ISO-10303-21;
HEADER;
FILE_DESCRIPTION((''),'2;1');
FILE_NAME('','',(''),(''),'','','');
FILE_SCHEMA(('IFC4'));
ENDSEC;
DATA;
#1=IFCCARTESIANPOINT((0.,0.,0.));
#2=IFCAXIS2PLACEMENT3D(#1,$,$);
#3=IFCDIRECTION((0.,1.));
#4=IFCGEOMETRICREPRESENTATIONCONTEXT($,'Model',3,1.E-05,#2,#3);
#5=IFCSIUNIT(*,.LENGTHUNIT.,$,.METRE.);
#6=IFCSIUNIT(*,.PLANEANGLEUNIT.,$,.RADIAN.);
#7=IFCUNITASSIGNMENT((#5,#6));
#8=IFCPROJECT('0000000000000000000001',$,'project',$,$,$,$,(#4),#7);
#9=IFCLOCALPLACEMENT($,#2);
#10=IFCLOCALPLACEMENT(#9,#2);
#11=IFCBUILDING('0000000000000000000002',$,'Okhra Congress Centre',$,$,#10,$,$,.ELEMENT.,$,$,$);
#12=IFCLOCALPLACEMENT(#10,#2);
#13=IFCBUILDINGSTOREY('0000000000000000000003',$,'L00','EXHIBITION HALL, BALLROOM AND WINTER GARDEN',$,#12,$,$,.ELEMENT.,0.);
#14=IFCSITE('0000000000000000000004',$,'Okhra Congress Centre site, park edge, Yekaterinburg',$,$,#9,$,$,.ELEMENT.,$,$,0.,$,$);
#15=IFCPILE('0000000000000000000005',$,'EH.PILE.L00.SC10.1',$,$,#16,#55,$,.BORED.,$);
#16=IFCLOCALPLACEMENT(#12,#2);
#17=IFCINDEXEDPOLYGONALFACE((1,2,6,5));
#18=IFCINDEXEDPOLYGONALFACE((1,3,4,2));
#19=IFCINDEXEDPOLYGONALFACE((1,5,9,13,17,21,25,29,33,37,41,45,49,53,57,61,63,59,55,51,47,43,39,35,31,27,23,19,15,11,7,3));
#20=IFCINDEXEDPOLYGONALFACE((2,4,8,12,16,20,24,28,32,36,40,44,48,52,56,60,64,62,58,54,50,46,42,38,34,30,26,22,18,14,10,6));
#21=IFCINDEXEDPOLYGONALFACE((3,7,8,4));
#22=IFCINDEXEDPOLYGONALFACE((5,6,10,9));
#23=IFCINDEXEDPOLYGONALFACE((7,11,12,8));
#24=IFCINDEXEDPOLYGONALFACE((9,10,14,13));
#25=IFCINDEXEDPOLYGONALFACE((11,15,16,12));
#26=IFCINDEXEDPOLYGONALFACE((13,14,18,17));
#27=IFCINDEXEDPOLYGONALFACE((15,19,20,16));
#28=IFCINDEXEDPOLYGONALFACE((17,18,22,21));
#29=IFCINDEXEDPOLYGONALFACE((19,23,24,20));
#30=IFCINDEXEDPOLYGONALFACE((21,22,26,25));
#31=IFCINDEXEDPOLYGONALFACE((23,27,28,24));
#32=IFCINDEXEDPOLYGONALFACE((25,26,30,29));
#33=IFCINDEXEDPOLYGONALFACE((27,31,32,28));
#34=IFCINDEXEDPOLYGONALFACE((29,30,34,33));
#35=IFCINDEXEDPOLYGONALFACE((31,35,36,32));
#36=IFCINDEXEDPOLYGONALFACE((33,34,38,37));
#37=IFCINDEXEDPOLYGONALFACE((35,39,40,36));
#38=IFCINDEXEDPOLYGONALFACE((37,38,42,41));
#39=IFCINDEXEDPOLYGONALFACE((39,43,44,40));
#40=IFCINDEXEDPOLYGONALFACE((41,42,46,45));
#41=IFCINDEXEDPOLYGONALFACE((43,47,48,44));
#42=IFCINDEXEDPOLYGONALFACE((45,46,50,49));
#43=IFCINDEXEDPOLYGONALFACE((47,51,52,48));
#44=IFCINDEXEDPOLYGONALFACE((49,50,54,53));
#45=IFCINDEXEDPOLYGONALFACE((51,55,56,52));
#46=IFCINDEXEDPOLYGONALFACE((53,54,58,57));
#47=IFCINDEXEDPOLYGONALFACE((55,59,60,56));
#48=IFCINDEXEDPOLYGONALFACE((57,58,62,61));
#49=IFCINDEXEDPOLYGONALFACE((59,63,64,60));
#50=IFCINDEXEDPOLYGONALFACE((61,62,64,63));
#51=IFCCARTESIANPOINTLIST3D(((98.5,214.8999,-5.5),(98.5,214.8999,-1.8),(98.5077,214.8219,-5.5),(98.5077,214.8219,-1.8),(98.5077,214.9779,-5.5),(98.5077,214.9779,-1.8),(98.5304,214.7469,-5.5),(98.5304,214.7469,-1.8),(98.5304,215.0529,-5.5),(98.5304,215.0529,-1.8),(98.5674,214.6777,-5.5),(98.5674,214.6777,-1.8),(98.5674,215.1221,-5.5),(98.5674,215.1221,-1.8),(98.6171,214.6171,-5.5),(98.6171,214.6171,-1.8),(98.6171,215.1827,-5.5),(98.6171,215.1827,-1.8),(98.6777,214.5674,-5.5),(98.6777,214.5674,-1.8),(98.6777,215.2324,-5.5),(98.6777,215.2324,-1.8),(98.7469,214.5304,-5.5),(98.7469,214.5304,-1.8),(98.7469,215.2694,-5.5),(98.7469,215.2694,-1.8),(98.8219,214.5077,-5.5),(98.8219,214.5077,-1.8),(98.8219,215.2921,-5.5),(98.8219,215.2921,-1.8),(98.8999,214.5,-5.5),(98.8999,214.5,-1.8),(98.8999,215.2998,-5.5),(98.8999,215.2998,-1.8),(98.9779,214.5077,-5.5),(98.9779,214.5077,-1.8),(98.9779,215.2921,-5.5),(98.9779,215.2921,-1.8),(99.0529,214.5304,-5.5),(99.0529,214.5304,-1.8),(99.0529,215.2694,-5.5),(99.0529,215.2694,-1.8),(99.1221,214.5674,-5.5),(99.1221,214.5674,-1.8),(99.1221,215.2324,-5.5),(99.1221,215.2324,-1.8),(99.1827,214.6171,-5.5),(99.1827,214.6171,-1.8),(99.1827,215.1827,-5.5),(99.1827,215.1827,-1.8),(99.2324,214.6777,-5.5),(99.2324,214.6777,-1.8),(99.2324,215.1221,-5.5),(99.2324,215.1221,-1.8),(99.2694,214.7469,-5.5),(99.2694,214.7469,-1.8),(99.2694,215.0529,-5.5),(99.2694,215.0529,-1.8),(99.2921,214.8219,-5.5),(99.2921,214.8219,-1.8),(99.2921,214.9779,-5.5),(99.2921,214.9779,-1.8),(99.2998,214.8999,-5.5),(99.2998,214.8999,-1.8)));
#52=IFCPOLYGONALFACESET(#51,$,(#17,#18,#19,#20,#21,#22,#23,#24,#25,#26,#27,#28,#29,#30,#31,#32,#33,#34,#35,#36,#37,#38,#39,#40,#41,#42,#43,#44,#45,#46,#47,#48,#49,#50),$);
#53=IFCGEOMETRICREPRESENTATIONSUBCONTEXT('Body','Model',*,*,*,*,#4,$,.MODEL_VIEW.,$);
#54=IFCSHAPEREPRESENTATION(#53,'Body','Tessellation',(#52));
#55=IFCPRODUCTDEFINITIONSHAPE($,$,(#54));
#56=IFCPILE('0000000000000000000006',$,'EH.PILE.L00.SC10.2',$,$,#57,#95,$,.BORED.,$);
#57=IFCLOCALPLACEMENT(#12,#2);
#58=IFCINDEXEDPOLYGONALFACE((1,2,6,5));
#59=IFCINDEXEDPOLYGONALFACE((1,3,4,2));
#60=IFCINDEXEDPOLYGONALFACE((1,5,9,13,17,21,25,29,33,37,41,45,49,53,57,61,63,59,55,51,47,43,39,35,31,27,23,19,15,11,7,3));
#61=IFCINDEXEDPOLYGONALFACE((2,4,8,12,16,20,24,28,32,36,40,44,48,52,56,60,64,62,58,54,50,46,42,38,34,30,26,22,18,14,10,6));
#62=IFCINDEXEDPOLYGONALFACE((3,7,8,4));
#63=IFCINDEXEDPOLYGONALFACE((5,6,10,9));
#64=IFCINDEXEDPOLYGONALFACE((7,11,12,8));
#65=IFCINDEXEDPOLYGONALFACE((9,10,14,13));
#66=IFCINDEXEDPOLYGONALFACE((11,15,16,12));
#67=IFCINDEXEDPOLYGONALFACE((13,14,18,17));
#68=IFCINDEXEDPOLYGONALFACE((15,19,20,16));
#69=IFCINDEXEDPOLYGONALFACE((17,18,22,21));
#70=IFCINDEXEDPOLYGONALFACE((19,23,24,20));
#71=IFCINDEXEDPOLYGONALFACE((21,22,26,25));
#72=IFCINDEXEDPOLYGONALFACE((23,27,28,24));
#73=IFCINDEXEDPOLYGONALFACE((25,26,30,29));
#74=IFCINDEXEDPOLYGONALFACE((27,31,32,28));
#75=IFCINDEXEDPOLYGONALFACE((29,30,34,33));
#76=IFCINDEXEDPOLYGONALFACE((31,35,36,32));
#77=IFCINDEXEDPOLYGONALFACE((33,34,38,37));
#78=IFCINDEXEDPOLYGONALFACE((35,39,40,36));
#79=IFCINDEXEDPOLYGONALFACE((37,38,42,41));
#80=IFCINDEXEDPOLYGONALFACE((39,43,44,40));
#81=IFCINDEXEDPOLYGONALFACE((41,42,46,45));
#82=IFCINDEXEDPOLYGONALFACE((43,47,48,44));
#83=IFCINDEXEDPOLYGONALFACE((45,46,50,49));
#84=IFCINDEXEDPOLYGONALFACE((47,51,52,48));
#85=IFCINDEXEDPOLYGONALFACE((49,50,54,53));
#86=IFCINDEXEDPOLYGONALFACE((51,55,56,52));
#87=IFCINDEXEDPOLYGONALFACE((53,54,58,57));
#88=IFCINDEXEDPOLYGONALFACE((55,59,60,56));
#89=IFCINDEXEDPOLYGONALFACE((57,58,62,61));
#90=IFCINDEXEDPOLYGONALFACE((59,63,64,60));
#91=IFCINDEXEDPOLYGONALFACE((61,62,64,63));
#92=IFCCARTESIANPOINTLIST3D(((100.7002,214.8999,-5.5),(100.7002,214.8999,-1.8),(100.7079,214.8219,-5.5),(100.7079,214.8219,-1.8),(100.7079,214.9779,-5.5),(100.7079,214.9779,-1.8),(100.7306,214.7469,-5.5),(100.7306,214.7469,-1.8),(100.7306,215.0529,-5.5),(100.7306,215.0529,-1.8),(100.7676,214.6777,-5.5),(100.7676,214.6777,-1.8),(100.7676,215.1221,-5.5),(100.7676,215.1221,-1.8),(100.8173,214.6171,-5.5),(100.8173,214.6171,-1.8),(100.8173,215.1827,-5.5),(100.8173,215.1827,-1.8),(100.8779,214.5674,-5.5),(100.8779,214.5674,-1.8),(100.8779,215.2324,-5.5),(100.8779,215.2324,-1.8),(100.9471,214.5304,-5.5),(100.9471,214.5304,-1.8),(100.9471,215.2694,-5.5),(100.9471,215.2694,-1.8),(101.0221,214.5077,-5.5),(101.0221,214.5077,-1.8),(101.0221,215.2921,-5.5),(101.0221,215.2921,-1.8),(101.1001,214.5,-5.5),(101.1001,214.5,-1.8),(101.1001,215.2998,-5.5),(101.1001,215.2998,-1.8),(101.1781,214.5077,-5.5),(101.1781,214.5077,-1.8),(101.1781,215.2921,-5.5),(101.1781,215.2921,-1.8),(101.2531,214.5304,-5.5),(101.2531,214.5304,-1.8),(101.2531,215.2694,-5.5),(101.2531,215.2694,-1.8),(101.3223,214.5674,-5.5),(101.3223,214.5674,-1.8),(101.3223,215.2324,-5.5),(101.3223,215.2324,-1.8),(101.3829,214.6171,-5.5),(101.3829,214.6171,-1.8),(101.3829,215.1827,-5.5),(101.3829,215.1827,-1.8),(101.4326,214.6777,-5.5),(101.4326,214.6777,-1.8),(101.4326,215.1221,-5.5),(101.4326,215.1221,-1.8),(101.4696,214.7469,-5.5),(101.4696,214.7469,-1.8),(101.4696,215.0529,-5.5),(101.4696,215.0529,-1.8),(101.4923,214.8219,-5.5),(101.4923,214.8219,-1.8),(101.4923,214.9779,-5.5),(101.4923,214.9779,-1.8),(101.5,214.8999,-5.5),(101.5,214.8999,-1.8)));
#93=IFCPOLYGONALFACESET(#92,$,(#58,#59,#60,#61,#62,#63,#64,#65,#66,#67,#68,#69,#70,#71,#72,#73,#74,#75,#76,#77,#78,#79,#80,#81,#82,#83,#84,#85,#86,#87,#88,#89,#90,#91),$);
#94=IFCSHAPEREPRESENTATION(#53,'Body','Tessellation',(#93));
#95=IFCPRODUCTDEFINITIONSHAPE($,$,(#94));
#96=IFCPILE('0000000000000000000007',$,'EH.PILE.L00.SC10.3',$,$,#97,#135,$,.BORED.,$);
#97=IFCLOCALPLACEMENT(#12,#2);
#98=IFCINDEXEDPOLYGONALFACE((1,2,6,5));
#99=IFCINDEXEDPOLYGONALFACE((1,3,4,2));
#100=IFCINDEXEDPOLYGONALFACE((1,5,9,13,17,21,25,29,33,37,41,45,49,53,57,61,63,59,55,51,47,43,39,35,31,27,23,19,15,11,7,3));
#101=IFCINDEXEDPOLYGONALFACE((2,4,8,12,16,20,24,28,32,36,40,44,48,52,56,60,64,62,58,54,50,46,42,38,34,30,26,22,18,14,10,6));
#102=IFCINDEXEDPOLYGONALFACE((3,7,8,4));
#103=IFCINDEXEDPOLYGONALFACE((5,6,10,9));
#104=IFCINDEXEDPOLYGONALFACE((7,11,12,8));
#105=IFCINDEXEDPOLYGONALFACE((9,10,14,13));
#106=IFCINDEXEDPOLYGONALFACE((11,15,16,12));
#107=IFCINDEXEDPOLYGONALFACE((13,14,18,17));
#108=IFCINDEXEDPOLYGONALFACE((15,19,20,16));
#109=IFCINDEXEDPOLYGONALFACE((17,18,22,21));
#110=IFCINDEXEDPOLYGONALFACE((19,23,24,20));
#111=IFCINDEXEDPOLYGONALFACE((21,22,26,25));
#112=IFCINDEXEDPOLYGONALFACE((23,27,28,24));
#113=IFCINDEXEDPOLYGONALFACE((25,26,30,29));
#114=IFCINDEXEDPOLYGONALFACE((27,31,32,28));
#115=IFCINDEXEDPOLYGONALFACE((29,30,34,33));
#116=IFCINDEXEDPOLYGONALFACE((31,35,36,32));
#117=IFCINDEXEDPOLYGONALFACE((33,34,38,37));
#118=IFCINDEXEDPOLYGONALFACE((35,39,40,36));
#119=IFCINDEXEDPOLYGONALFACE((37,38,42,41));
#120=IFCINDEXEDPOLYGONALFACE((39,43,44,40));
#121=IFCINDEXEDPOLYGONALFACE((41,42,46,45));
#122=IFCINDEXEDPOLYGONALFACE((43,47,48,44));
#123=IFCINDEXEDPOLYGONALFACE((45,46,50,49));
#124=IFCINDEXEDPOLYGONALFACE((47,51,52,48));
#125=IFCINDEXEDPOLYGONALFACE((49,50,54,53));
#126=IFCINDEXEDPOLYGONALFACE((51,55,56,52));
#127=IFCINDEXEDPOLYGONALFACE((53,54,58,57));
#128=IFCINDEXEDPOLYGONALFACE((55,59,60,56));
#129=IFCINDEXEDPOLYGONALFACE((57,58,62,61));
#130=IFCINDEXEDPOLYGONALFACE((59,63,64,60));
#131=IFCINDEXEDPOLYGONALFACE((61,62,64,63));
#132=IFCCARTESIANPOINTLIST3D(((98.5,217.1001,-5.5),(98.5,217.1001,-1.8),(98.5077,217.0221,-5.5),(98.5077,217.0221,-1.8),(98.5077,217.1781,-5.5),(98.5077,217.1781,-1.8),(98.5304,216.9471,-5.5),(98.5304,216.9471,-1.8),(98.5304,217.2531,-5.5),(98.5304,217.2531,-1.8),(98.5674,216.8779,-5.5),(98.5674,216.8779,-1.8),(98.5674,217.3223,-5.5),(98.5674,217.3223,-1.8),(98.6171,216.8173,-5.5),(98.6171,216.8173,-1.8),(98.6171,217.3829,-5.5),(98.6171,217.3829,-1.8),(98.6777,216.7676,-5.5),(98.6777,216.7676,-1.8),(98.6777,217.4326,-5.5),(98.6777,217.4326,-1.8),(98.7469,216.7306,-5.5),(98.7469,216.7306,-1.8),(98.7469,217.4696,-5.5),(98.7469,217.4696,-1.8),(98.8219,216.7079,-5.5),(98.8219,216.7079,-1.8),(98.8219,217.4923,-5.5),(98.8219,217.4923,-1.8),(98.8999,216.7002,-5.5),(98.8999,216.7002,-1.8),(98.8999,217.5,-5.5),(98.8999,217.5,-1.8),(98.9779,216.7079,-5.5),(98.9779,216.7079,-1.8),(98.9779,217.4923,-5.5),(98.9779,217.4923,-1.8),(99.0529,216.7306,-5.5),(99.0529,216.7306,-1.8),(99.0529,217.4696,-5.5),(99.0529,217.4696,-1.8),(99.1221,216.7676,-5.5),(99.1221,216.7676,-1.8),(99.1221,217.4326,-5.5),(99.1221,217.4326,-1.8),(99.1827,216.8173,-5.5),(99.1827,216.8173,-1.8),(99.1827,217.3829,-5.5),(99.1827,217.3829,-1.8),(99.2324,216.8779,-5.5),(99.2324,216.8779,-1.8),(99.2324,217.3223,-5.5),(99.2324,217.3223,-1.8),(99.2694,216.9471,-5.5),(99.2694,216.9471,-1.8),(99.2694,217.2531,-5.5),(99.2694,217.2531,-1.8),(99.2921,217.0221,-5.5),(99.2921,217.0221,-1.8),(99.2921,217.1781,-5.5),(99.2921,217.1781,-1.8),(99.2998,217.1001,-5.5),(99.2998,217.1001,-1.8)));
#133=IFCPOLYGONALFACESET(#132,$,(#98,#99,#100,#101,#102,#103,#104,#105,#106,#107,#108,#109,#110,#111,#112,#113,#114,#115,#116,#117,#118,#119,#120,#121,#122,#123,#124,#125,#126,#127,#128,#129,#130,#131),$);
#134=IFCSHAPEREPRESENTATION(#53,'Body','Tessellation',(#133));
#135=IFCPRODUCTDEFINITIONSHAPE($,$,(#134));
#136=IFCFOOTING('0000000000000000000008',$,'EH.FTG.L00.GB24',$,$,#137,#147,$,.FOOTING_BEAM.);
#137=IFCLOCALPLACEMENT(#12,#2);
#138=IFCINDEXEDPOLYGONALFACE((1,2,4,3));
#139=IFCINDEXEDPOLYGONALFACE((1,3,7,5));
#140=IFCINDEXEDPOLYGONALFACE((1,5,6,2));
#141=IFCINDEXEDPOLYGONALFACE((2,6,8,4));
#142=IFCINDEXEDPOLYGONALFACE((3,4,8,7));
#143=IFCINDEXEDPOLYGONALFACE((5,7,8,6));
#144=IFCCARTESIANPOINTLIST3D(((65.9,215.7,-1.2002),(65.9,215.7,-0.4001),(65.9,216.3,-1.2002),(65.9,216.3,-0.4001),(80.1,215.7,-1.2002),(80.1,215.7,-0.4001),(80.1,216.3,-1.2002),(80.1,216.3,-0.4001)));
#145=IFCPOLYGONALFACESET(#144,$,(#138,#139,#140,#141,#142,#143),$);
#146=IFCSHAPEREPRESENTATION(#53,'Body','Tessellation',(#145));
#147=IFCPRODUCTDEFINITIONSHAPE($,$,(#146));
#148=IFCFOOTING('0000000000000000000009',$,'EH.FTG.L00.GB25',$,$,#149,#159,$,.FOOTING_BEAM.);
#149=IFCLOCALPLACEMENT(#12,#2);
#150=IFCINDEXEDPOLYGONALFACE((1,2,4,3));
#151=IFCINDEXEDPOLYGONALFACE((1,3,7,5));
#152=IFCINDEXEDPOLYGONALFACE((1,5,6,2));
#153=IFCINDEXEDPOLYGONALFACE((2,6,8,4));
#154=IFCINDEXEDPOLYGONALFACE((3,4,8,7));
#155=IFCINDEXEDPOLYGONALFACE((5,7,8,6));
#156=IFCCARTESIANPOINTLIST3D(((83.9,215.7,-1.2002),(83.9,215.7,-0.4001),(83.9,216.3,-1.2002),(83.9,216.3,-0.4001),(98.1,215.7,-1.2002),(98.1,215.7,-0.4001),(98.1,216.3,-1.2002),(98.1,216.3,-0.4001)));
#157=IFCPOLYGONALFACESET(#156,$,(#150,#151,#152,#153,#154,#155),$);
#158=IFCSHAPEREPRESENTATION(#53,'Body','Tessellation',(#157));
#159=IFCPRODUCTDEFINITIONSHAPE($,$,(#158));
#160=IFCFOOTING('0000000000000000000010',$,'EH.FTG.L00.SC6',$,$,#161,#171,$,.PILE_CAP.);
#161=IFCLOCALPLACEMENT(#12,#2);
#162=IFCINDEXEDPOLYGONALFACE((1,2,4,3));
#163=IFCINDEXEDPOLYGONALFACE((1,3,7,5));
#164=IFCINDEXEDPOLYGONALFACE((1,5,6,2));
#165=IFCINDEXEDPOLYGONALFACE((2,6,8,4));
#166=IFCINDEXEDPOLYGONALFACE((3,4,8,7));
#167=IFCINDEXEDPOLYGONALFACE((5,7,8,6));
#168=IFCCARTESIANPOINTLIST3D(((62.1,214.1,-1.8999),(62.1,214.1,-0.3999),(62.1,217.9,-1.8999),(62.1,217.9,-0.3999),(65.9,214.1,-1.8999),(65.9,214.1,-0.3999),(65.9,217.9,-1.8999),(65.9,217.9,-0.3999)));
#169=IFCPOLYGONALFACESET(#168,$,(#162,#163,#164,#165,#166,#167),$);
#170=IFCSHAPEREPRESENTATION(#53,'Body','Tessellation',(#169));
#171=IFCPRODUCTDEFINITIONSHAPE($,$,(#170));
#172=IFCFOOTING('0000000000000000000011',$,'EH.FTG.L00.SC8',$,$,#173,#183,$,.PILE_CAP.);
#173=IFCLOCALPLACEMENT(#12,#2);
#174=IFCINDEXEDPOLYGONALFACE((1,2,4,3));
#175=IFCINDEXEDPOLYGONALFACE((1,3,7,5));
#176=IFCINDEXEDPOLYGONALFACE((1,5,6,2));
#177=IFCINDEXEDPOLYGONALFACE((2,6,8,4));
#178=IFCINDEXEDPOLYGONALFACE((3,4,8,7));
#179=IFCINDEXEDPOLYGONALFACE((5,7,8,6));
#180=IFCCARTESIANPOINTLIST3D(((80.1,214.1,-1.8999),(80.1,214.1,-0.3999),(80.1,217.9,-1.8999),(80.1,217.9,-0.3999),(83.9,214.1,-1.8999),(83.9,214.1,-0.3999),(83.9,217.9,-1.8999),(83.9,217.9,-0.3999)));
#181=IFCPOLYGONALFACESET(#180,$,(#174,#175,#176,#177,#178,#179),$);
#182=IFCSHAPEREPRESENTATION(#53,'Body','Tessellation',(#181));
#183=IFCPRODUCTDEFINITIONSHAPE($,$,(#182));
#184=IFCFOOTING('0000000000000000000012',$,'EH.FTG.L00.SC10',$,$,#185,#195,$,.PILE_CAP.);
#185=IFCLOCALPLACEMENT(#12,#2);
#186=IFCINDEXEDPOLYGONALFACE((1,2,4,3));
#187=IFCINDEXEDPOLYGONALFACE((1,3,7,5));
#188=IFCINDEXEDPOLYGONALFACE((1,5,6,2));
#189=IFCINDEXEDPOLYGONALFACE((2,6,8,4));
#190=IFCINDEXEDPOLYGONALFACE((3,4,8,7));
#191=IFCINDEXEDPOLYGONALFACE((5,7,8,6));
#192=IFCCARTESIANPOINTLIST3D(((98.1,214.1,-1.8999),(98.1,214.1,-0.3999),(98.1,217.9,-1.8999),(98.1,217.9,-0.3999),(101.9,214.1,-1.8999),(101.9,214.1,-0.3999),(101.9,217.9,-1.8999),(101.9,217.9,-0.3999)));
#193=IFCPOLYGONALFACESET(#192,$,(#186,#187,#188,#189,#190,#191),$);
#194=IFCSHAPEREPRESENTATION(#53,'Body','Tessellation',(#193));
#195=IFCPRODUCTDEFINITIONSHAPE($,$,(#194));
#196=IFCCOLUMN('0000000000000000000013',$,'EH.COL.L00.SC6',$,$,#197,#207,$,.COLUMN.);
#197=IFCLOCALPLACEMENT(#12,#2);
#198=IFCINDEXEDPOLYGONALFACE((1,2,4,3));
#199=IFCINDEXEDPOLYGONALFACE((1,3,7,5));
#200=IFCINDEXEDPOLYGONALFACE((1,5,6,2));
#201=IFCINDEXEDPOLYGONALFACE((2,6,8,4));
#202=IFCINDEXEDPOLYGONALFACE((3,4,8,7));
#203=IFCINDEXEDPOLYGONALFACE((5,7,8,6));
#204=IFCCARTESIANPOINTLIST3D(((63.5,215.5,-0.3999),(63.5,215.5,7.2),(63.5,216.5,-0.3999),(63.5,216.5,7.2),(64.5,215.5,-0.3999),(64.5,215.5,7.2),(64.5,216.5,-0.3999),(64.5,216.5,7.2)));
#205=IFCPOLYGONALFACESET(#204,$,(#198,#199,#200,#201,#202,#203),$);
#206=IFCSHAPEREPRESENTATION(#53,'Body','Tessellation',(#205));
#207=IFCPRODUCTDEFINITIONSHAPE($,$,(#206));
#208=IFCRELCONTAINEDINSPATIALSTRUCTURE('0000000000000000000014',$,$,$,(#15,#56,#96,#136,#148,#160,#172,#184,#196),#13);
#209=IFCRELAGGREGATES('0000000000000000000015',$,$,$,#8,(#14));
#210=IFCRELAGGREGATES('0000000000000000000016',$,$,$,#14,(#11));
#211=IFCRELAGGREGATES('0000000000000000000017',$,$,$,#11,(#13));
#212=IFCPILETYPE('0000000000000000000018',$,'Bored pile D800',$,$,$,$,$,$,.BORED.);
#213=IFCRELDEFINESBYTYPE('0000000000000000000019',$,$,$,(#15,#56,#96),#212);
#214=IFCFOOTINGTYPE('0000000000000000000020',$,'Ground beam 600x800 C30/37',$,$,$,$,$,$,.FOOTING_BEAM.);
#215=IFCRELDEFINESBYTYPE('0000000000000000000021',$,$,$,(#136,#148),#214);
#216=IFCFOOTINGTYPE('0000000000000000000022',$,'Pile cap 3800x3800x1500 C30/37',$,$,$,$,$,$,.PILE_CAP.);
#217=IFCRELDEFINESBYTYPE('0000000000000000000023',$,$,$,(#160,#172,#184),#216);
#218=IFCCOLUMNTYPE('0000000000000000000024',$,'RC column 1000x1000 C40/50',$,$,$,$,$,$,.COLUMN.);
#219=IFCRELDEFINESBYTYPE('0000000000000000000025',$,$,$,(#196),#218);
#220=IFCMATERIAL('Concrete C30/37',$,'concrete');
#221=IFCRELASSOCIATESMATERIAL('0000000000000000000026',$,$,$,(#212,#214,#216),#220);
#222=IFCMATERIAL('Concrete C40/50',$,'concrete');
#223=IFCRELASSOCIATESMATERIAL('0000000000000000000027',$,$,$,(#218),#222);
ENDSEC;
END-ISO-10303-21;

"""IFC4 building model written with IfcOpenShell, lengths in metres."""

from ifc_helpers import new_model, si_unit, direction, frame, origin, origin_2d, place, context, subcontext, project, spatial, rectangle, circle, extrude, material, material_profile, profile_set, type_object, element, save


model = new_model("IFC4")

# Units and contexts
model_context = context("Model", 3, precision=1e-05, world=origin(), true_north=direction((0.0, 1.0)))
body_context = subcontext(model_context, "Body", "Model", "MODEL_VIEW")
ifc_project = project(units=[si_unit("LENGTHUNIT", "METRE"), si_unit("PLANEANGLEUNIT", "RADIAN")], contexts=[model_context])

# Site, building, storey
site_placement = place(None, origin())
site = spatial("IfcSite", under=ifc_project, at=site_placement, Name="Okhra Congress Centre site, park edge, Yekaterinburg", CompositionType="ELEMENT", RefElevation=0.0)
building_placement = place(site_placement, origin())
building = spatial("IfcBuilding", under=site, at=building_placement, Name="Okhra Congress Centre", CompositionType="ELEMENT")
storey_placement = place(building_placement, origin())
storey = spatial("IfcBuildingStorey", under=building, at=storey_placement, Name="L00", Description="EXHIBITION HALL, BALLROOM AND WINTER GARDEN", CompositionType="ELEMENT", Elevation=0.0)

# Piles
ifc_material_1 = material(Name="Concrete C30/37", Category="concrete")
ifc_material_profile_1 = material_profile(ifc_material_1, circle(Radius=0.3999, at=origin_2d()), Name="D800")
ifc_profile_set_1 = profile_set([ifc_material_profile_1], Name="Concrete C30/37")
pile_type = type_object("IfcPileType", Name="Bored pile D800", PredefinedType="BORED", material=ifc_profile_set_1)
for number, where, z_axis, x_axis, name in (
    (1, (98.8999, 214.8999, -1.8), (0.0, 0.0, -1.0), (1.0, 0.0, 0.0), "EH.PILE.L00.SC10.1"),
    (2, (101.1001, 214.8999, -1.8), (0.0, 0.0, -1.0), (1.0, 0.0, 0.0), "EH.PILE.L00.SC10.2"),
    (3, (98.8999, 217.1001, -1.8), (0.0, 0.0, -1.0), (1.0, 0.0, 0.0), "EH.PILE.L00.SC10.3"),
):
    element("IfcPile", number, at=place(storey_placement, frame(where, z_axis=z_axis, x_axis=x_axis)), inside=storey, type_object=pile_type, Name=name, PredefinedType="BORED", context=body_context, shape_type="SweptSolid", body=[
        extrude(circle(Radius=0.3999, at=origin_2d()), origin(), (0.0, 0.0, 1.0), 3.7),
    ])

# Footings
footing_type_1 = type_object("IfcFootingType", Name="Ground beam 600x800 C30/37", PredefinedType="FOOTING_BEAM", material=ifc_material_1)
for number, where, z_axis, x_axis, name in (
    (4, (73.0, 216.0, -1.2002), (0.0, 0.0, 1.0), (1.0, 0.0, 0.0), "EH.FTG.L00.GB24"),
    (5, (91.0, 216.0, -1.2002), (0.0, 0.0, 1.0), (1.0, 0.0, 0.0), "EH.FTG.L00.GB25"),
):
    element("IfcFooting", number, at=place(storey_placement, frame(where, z_axis=z_axis, x_axis=x_axis)), inside=storey, type_object=footing_type_1, Name=name, PredefinedType="FOOTING_BEAM", context=body_context, shape_type="SweptSolid", body=[
        extrude(rectangle(XDim=14.2, YDim=0.6001, at=origin_2d()), origin(), (0.0, 0.0, 1.0), 0.8),
    ])
footing_type_2 = type_object("IfcFootingType", Name="Pile cap 3800x3800x1500 C30/37", PredefinedType="PILE_CAP", material=ifc_material_1)
for number, where, z_axis, x_axis, name in (
    (6, (64.0, 216.0, -1.8999), (0.0, 0.0, 1.0), (1.0, 0.0, 0.0), "EH.FTG.L00.SC6"),
    (7, (82.0, 216.0, -1.8999), (0.0, 0.0, 1.0), (1.0, 0.0, 0.0), "EH.FTG.L00.SC8"),
    (8, (100.0, 216.0, -1.8999), (0.0, 0.0, 1.0), (1.0, 0.0, 0.0), "EH.FTG.L00.SC10"),
):
    element("IfcFooting", number, at=place(storey_placement, frame(where, z_axis=z_axis, x_axis=x_axis)), inside=storey, type_object=footing_type_2, Name=name, PredefinedType="PILE_CAP", context=body_context, shape_type="SweptSolid", body=[
        extrude(rectangle(XDim=3.8, YDim=3.8, at=origin_2d()), origin(), (0.0, 0.0, 1.0), 1.5),
    ])

# Column
ifc_material_2 = material(Name="Concrete C40/50", Category="concrete")
ifc_material_profile_2 = material_profile(ifc_material_2, rectangle(XDim=1.0, YDim=1.0, at=origin_2d()), Name="RC 1000x1000")
ifc_profile_set_2 = profile_set([ifc_material_profile_2], Name="Concrete C40/50")
column_type = type_object("IfcColumnType", Name="RC column 1000x1000 C40/50", PredefinedType="COLUMN", material=ifc_profile_set_2)
for number, where, z_axis, x_axis, name in (
    (9, (64.0, 216.0, -0.3999), (0.0, 0.0, 1.0), (1.0, 0.0, 0.0), "EH.COL.L00.SC6"),
):
    element("IfcColumn", number, at=place(storey_placement, frame(where, z_axis=z_axis, x_axis=x_axis)), inside=storey, type_object=column_type, Name=name, PredefinedType="COLUMN", context=body_context, shape_type="SweptSolid", body=[
        extrude(rectangle(XDim=1.0, YDim=1.0, at=origin_2d()), origin(), (0.0, 0.0, 1.0), 7.5999),
    ])

save(model, "model.ifc")
